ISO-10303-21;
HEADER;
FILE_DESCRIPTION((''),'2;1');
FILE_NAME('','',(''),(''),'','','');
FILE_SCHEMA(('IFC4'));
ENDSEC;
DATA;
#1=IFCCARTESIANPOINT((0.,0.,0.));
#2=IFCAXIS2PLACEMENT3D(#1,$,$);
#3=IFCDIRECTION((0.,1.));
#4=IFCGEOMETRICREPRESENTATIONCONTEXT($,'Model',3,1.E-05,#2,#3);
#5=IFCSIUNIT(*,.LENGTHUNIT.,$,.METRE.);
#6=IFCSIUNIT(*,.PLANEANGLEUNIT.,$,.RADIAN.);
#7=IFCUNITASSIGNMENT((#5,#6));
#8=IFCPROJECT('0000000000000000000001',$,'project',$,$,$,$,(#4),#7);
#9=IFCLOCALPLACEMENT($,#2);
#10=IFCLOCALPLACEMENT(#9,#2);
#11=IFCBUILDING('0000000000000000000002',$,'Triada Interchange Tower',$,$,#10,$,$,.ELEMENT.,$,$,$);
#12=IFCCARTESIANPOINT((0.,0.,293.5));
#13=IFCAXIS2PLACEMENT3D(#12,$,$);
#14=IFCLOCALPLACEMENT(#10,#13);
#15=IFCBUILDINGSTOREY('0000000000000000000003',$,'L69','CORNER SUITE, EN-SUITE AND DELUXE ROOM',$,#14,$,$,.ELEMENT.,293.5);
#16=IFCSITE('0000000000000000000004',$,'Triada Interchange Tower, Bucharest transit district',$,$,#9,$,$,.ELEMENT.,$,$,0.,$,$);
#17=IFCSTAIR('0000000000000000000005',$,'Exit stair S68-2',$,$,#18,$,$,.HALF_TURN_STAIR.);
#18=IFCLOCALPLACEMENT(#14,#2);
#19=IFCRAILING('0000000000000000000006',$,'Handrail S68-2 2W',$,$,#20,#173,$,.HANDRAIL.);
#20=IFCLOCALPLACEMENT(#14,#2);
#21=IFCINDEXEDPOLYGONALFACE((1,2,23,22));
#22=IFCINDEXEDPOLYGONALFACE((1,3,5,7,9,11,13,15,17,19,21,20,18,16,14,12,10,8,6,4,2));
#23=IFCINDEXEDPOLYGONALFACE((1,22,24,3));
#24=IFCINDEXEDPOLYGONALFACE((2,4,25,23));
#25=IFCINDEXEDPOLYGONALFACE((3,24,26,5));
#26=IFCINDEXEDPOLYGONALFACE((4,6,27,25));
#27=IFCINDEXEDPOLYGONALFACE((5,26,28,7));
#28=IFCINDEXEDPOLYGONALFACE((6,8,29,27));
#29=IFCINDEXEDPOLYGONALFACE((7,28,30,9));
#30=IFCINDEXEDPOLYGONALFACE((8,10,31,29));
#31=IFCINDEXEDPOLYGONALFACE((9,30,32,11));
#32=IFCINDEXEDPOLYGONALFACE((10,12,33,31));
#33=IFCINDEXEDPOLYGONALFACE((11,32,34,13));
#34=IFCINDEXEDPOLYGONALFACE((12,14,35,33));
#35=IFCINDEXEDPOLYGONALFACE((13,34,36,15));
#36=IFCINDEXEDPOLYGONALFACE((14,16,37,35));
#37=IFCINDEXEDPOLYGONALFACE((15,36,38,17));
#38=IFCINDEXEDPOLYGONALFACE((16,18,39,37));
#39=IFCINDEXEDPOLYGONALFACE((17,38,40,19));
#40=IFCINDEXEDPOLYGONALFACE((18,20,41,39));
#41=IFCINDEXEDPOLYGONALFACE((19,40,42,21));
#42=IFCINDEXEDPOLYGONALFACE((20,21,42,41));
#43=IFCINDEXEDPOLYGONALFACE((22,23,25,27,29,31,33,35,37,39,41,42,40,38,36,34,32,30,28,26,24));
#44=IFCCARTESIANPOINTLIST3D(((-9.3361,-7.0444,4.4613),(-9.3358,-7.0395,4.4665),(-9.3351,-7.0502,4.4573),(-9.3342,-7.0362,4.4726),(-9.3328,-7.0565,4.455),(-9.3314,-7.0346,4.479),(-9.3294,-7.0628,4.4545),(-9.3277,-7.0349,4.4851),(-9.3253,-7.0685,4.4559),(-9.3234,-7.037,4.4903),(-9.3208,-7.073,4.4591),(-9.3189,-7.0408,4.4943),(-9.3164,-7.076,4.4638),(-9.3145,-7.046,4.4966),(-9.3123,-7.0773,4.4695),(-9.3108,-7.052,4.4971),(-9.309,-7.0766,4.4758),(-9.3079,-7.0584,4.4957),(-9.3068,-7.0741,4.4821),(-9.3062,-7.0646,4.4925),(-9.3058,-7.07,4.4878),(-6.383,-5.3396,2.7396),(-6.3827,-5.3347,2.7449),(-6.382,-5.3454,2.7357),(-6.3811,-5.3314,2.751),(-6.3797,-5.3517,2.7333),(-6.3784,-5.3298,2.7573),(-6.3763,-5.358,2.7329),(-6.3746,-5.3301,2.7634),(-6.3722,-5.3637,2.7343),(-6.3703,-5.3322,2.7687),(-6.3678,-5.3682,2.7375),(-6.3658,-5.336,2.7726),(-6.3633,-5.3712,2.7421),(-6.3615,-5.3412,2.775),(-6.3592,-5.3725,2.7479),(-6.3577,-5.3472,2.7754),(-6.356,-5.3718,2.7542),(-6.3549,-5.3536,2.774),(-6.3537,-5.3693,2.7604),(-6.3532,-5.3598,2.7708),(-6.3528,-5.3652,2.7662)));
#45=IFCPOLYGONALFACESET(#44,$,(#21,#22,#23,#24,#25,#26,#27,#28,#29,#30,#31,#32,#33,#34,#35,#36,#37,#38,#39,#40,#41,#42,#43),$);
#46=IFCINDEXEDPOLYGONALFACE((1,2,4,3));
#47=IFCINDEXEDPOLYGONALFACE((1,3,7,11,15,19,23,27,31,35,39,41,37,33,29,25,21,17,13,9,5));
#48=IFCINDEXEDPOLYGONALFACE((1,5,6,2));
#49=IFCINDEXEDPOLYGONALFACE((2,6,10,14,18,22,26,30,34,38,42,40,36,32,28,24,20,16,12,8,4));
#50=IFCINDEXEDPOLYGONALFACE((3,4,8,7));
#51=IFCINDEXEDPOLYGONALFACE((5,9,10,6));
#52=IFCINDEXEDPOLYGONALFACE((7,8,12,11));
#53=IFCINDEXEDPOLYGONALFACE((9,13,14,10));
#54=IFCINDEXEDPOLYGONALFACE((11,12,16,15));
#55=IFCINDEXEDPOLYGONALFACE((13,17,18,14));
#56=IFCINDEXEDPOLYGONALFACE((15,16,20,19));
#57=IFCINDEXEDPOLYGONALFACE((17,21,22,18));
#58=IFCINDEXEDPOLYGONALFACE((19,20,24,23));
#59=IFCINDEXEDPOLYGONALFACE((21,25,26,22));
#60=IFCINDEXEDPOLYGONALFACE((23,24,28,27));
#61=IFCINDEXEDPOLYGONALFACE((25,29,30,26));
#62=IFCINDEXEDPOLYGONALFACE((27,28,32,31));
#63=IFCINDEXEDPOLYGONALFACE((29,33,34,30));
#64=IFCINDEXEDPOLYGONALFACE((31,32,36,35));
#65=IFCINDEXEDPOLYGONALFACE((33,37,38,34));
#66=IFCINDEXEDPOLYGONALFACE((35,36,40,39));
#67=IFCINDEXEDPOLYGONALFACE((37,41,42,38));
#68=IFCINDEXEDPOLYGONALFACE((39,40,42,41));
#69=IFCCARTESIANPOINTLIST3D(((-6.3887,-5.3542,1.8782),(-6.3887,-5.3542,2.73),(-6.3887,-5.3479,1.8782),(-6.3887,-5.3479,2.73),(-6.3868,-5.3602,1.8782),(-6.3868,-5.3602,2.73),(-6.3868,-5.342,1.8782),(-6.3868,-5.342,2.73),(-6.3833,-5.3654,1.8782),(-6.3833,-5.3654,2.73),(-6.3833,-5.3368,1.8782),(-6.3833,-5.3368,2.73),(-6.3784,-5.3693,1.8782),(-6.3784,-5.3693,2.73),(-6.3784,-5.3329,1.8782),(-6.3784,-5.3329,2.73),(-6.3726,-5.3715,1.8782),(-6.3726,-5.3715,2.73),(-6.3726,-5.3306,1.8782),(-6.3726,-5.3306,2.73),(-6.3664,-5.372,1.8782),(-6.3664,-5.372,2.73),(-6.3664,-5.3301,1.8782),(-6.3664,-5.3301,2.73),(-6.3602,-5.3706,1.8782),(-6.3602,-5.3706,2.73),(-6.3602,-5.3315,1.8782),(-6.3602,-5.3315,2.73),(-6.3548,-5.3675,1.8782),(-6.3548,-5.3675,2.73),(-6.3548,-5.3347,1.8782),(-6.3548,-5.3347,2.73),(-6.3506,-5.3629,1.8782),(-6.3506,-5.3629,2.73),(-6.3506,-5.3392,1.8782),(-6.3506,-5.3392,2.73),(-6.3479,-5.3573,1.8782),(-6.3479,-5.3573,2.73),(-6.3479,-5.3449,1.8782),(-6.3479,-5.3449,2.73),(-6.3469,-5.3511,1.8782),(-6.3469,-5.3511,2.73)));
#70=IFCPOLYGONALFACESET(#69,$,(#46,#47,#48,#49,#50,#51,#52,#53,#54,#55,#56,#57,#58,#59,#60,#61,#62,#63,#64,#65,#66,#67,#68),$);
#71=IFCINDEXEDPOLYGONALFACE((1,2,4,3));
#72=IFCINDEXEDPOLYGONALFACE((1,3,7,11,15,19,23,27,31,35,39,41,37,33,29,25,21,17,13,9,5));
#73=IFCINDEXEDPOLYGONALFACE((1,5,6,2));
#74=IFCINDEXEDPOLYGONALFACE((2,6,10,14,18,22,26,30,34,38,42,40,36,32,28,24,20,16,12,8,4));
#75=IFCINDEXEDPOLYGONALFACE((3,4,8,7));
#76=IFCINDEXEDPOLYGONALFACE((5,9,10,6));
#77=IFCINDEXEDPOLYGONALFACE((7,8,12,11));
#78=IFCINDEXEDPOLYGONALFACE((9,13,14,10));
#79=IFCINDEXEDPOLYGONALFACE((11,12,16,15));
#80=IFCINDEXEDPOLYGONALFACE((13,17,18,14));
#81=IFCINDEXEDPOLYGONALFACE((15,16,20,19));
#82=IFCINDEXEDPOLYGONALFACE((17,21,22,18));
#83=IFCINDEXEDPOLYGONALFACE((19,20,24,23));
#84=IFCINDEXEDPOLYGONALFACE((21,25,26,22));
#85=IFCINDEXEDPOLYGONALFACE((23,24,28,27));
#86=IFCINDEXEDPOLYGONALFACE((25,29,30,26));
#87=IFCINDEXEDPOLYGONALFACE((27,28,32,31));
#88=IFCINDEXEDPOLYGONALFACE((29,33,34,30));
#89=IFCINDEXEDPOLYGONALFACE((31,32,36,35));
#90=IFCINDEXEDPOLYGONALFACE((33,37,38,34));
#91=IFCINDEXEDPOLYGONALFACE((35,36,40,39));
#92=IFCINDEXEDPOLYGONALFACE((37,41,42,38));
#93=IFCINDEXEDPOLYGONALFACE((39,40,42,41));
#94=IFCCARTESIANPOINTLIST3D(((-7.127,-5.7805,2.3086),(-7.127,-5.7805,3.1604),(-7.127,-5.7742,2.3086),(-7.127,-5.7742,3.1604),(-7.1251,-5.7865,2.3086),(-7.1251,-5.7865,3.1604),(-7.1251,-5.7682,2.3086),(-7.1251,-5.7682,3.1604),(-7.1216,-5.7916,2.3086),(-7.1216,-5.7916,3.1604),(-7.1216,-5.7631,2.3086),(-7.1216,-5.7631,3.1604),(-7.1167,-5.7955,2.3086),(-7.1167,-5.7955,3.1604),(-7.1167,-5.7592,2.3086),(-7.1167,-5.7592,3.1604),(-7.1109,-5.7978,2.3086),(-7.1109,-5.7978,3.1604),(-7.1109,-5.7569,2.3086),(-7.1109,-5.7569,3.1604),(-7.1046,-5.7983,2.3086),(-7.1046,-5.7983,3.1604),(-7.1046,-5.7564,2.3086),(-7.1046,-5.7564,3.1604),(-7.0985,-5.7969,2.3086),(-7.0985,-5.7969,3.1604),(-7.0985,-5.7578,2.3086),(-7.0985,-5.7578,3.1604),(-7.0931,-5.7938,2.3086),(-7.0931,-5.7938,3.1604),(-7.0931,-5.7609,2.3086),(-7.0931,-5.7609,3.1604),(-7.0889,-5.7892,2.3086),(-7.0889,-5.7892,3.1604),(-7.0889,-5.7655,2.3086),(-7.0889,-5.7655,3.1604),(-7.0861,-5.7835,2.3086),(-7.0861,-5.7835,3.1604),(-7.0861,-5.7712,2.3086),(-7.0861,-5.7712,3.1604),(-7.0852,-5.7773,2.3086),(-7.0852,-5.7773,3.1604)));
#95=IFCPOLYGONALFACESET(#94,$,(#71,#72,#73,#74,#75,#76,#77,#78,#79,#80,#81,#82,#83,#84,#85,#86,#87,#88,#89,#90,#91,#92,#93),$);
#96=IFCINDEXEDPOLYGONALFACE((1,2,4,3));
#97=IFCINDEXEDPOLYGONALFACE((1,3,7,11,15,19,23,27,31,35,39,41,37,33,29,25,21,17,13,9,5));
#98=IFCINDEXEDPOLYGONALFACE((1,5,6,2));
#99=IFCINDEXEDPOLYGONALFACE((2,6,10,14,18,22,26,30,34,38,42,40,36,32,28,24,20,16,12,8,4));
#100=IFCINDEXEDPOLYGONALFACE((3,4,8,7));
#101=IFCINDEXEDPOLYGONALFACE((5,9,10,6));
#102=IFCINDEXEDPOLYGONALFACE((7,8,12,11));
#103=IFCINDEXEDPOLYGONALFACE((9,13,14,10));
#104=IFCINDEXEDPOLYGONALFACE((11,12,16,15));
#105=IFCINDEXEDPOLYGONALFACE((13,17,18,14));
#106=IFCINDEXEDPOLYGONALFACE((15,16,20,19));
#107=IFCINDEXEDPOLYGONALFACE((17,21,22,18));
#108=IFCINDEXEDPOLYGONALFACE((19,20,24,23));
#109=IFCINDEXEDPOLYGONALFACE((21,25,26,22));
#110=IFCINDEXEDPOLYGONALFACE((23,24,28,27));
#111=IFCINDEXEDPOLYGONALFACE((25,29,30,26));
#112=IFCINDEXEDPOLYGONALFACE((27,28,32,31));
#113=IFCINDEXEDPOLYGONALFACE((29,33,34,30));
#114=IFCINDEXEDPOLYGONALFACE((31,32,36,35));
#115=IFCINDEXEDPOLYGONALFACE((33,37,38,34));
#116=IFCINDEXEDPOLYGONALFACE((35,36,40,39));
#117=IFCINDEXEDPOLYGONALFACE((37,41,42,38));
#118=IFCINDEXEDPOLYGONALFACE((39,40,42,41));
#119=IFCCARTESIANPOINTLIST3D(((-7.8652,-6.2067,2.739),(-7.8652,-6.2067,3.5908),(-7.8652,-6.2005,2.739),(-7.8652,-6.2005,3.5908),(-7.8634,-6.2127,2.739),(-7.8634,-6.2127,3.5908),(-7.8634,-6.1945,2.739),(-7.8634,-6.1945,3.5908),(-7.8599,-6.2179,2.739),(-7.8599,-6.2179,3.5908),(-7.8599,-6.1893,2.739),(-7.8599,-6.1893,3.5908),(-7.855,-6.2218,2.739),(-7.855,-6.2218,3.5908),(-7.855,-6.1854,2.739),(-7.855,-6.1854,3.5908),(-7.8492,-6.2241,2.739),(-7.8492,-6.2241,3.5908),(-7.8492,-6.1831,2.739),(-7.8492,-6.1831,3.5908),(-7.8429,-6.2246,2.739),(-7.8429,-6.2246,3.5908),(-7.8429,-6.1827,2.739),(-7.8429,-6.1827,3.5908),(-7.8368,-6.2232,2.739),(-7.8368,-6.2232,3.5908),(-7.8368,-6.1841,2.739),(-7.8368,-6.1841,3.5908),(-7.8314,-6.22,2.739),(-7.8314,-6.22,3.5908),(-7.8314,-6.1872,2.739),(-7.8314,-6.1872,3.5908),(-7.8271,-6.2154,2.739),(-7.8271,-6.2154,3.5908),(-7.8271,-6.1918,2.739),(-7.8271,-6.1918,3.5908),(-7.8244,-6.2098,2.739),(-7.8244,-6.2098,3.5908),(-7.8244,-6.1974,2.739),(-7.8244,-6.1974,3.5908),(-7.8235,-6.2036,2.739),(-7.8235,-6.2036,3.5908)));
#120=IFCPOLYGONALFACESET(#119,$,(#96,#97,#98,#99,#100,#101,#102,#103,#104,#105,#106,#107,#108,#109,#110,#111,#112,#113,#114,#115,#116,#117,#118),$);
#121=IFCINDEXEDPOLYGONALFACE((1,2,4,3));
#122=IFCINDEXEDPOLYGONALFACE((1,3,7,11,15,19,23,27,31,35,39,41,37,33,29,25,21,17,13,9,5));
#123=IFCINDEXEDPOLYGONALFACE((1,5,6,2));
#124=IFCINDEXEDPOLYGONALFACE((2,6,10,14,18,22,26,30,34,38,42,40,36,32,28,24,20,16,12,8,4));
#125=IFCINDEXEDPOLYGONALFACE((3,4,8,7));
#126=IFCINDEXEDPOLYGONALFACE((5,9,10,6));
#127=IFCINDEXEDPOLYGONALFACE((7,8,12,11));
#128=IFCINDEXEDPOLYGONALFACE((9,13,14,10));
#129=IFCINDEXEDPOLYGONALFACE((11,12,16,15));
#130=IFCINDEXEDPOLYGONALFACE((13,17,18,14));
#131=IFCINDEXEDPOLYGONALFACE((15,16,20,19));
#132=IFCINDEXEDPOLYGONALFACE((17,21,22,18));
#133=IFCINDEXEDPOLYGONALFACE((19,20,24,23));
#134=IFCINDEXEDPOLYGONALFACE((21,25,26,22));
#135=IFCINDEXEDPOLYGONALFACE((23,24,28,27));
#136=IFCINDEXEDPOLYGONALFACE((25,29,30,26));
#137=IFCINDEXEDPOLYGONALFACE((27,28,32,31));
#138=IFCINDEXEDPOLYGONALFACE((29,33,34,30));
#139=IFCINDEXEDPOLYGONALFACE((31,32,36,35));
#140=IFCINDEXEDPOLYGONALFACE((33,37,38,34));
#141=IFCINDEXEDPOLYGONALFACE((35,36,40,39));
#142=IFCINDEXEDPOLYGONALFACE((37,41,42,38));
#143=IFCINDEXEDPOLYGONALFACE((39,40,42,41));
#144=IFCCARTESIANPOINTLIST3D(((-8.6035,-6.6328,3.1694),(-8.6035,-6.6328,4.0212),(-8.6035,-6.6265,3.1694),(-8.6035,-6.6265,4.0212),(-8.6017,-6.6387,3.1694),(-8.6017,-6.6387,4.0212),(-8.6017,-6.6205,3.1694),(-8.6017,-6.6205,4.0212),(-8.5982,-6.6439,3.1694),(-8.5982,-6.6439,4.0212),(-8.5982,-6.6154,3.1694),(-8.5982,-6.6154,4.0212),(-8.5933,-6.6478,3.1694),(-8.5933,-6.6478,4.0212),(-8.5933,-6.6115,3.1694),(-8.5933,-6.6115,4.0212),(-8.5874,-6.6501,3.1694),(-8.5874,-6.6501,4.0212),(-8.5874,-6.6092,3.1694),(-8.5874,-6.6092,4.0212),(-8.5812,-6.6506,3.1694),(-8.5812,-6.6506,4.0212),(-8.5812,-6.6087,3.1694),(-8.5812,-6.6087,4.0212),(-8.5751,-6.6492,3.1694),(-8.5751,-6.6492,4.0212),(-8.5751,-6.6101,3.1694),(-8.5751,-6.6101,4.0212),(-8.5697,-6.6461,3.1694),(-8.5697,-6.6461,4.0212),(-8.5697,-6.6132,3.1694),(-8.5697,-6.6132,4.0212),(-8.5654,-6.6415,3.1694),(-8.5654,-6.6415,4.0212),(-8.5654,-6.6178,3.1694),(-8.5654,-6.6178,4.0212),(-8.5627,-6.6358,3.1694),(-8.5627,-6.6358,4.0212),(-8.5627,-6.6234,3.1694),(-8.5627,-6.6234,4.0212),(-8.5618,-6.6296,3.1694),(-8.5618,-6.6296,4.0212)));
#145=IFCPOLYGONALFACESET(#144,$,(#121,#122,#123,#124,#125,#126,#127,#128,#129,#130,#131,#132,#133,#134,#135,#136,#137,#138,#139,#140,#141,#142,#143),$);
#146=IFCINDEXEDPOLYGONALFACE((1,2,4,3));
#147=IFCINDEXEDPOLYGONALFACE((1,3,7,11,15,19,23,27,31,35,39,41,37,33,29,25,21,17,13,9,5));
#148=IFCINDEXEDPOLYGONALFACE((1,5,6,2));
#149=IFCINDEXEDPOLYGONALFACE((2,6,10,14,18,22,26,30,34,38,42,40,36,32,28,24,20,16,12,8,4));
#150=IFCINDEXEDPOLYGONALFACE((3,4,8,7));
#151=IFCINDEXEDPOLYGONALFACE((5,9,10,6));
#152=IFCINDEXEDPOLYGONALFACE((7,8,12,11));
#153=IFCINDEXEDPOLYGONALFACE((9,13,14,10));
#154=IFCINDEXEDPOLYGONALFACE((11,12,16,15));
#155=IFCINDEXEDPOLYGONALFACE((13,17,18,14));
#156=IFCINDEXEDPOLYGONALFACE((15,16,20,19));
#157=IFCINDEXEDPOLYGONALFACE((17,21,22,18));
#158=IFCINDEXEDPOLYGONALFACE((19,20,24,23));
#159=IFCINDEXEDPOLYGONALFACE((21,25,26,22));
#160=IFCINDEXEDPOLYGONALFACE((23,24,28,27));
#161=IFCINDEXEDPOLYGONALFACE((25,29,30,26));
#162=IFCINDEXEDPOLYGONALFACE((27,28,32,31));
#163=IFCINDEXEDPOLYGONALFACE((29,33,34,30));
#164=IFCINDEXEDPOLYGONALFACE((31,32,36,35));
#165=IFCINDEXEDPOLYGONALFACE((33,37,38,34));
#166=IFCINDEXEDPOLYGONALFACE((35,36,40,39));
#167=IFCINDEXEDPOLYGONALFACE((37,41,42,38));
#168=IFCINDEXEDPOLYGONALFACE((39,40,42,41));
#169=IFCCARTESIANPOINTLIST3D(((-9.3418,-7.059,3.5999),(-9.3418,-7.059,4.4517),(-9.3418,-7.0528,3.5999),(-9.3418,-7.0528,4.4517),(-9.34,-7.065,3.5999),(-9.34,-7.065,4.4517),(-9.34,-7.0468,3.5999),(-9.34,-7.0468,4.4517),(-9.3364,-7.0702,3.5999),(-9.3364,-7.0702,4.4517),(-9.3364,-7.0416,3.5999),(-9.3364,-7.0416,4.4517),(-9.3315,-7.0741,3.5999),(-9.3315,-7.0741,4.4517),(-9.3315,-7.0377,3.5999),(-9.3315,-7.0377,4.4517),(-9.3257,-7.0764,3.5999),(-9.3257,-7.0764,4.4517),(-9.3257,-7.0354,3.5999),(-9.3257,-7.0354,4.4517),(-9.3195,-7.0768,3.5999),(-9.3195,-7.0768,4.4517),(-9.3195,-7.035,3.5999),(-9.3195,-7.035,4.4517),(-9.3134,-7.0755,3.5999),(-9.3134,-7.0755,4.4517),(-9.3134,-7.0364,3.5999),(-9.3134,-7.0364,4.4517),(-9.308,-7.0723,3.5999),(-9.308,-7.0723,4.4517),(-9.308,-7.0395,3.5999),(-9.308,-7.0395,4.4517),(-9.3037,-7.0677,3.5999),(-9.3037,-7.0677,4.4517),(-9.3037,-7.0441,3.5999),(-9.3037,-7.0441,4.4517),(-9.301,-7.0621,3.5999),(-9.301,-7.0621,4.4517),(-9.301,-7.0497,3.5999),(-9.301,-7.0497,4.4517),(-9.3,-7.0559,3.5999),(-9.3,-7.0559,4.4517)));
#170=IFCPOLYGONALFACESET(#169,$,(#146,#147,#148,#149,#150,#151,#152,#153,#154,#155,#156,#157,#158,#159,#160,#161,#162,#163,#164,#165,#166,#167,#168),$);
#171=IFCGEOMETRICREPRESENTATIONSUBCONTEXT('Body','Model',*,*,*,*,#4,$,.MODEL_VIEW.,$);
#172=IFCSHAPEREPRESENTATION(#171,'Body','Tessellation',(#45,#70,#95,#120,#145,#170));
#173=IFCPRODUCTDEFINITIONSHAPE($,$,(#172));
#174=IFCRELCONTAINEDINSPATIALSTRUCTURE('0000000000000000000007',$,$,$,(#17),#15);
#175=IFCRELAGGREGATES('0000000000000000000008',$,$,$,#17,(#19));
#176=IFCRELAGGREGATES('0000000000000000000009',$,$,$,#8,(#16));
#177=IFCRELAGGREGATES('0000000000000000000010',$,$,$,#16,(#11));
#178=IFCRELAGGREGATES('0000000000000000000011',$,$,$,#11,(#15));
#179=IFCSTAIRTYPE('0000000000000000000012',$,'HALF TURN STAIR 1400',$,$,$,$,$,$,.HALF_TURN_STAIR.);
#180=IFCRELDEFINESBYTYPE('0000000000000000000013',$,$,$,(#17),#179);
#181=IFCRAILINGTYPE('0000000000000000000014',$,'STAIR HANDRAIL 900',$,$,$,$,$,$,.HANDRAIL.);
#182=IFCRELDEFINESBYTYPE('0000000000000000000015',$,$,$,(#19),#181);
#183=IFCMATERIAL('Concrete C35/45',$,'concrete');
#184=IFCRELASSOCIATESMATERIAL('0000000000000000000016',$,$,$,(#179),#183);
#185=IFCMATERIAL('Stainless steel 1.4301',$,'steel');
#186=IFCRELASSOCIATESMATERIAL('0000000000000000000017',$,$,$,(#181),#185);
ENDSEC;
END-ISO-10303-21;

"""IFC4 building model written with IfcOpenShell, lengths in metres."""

from ifc_helpers import new_model, si_unit, direction, frame, origin, origin_2d, place, context, subcontext, project, spatial, circle, extrude, material, type_object, element, aggregate, save


model = new_model("IFC4")

# Units and contexts
model_context = context("Model", 3, precision=1e-05, world=origin(), true_north=direction((0.0, 1.0)))
body_context = subcontext(model_context, "Body", "Model", "MODEL_VIEW")
ifc_project = project(units=[si_unit("LENGTHUNIT", "METRE"), si_unit("PLANEANGLEUNIT", "RADIAN")], contexts=[model_context])

# Site, building, storey
site_placement = place(None, origin())
site = spatial("IfcSite", under=ifc_project, at=site_placement, Name="Triada Interchange Tower, Bucharest transit district", CompositionType="ELEMENT", RefElevation=0.0)
building_placement = place(site_placement, origin())
building = spatial("IfcBuilding", under=site, at=building_placement, Name="Triada Interchange Tower", CompositionType="ELEMENT")
storey_placement = place(building_placement, frame((0.0, 0.0, 293.5)))
storey = spatial("IfcBuildingStorey", under=building, at=storey_placement, Name="L69", Description="CORNER SUITE, EN-SUITE AND DELUXE ROOM", CompositionType="ELEMENT", Elevation=293.5)

# Stair, railing
ifc_material_1 = material(Name="Concrete C35/45", Category="concrete")
stair_type = type_object("IfcStairType", Name="HALF TURN STAIR 1400", PredefinedType="HALF_TURN_STAIR", material=ifc_material_1)
stair_placement = place(storey_placement, origin())
stair = element("IfcStair", 1, at=stair_placement, inside=storey, type_object=stair_type, Name="Exit stair S68-2", PredefinedType="HALF_TURN_STAIR")
ifc_material_2 = material(Name="Stainless steel 1.4301", Category="steel")
railing_type = type_object("IfcRailingType", Name="STAIR HANDRAIL 900", PredefinedType="HANDRAIL", material=ifc_material_2)
railing_1_placement = place(storey_placement, frame((-6.3679, -5.3511, 1.8782)))
railing_1 = element("IfcRailing", 2, at=railing_1_placement, type_object=railing_type, Name="Handrail S68-2 2W", PredefinedType="HANDRAIL", context=body_context, shape_type="SweptSolid", body=[
    extrude(circle(Radius=0.0239, at=origin_2d()), frame((0.0, 0.0, 0.876), z_axis=(-0.773091, -0.446304, 0.450714), x_axis=(0.499966, -0.866045, 0.0)), (0.0, 0.0, 1.0), 3.8198),
    extrude(circle(Radius=0.021, at=origin_2d()), origin(), (0.0, 0.0, 1.0), 0.8518),
    extrude(circle(Radius=0.021, at=origin_2d()), frame((-0.7383, -0.4263, 0.4304)), (0.0, 0.0, 1.0), 0.8518),
    extrude(circle(Radius=0.021, at=origin_2d()), frame((-1.4766, -0.8525, 0.8608)), (0.0, 0.0, 1.0), 0.8518),
    extrude(circle(Radius=0.021, at=origin_2d()), frame((-2.2148, -1.2786, 1.2913)), (0.0, 0.0, 1.0), 0.8518),
    extrude(circle(Radius=0.021, at=origin_2d()), frame((-2.9531, -1.7048, 1.7217)), (0.0, 0.0, 1.0), 0.8518),
])
aggregate(stair, [railing_1])

save(model, "model.ifc")
